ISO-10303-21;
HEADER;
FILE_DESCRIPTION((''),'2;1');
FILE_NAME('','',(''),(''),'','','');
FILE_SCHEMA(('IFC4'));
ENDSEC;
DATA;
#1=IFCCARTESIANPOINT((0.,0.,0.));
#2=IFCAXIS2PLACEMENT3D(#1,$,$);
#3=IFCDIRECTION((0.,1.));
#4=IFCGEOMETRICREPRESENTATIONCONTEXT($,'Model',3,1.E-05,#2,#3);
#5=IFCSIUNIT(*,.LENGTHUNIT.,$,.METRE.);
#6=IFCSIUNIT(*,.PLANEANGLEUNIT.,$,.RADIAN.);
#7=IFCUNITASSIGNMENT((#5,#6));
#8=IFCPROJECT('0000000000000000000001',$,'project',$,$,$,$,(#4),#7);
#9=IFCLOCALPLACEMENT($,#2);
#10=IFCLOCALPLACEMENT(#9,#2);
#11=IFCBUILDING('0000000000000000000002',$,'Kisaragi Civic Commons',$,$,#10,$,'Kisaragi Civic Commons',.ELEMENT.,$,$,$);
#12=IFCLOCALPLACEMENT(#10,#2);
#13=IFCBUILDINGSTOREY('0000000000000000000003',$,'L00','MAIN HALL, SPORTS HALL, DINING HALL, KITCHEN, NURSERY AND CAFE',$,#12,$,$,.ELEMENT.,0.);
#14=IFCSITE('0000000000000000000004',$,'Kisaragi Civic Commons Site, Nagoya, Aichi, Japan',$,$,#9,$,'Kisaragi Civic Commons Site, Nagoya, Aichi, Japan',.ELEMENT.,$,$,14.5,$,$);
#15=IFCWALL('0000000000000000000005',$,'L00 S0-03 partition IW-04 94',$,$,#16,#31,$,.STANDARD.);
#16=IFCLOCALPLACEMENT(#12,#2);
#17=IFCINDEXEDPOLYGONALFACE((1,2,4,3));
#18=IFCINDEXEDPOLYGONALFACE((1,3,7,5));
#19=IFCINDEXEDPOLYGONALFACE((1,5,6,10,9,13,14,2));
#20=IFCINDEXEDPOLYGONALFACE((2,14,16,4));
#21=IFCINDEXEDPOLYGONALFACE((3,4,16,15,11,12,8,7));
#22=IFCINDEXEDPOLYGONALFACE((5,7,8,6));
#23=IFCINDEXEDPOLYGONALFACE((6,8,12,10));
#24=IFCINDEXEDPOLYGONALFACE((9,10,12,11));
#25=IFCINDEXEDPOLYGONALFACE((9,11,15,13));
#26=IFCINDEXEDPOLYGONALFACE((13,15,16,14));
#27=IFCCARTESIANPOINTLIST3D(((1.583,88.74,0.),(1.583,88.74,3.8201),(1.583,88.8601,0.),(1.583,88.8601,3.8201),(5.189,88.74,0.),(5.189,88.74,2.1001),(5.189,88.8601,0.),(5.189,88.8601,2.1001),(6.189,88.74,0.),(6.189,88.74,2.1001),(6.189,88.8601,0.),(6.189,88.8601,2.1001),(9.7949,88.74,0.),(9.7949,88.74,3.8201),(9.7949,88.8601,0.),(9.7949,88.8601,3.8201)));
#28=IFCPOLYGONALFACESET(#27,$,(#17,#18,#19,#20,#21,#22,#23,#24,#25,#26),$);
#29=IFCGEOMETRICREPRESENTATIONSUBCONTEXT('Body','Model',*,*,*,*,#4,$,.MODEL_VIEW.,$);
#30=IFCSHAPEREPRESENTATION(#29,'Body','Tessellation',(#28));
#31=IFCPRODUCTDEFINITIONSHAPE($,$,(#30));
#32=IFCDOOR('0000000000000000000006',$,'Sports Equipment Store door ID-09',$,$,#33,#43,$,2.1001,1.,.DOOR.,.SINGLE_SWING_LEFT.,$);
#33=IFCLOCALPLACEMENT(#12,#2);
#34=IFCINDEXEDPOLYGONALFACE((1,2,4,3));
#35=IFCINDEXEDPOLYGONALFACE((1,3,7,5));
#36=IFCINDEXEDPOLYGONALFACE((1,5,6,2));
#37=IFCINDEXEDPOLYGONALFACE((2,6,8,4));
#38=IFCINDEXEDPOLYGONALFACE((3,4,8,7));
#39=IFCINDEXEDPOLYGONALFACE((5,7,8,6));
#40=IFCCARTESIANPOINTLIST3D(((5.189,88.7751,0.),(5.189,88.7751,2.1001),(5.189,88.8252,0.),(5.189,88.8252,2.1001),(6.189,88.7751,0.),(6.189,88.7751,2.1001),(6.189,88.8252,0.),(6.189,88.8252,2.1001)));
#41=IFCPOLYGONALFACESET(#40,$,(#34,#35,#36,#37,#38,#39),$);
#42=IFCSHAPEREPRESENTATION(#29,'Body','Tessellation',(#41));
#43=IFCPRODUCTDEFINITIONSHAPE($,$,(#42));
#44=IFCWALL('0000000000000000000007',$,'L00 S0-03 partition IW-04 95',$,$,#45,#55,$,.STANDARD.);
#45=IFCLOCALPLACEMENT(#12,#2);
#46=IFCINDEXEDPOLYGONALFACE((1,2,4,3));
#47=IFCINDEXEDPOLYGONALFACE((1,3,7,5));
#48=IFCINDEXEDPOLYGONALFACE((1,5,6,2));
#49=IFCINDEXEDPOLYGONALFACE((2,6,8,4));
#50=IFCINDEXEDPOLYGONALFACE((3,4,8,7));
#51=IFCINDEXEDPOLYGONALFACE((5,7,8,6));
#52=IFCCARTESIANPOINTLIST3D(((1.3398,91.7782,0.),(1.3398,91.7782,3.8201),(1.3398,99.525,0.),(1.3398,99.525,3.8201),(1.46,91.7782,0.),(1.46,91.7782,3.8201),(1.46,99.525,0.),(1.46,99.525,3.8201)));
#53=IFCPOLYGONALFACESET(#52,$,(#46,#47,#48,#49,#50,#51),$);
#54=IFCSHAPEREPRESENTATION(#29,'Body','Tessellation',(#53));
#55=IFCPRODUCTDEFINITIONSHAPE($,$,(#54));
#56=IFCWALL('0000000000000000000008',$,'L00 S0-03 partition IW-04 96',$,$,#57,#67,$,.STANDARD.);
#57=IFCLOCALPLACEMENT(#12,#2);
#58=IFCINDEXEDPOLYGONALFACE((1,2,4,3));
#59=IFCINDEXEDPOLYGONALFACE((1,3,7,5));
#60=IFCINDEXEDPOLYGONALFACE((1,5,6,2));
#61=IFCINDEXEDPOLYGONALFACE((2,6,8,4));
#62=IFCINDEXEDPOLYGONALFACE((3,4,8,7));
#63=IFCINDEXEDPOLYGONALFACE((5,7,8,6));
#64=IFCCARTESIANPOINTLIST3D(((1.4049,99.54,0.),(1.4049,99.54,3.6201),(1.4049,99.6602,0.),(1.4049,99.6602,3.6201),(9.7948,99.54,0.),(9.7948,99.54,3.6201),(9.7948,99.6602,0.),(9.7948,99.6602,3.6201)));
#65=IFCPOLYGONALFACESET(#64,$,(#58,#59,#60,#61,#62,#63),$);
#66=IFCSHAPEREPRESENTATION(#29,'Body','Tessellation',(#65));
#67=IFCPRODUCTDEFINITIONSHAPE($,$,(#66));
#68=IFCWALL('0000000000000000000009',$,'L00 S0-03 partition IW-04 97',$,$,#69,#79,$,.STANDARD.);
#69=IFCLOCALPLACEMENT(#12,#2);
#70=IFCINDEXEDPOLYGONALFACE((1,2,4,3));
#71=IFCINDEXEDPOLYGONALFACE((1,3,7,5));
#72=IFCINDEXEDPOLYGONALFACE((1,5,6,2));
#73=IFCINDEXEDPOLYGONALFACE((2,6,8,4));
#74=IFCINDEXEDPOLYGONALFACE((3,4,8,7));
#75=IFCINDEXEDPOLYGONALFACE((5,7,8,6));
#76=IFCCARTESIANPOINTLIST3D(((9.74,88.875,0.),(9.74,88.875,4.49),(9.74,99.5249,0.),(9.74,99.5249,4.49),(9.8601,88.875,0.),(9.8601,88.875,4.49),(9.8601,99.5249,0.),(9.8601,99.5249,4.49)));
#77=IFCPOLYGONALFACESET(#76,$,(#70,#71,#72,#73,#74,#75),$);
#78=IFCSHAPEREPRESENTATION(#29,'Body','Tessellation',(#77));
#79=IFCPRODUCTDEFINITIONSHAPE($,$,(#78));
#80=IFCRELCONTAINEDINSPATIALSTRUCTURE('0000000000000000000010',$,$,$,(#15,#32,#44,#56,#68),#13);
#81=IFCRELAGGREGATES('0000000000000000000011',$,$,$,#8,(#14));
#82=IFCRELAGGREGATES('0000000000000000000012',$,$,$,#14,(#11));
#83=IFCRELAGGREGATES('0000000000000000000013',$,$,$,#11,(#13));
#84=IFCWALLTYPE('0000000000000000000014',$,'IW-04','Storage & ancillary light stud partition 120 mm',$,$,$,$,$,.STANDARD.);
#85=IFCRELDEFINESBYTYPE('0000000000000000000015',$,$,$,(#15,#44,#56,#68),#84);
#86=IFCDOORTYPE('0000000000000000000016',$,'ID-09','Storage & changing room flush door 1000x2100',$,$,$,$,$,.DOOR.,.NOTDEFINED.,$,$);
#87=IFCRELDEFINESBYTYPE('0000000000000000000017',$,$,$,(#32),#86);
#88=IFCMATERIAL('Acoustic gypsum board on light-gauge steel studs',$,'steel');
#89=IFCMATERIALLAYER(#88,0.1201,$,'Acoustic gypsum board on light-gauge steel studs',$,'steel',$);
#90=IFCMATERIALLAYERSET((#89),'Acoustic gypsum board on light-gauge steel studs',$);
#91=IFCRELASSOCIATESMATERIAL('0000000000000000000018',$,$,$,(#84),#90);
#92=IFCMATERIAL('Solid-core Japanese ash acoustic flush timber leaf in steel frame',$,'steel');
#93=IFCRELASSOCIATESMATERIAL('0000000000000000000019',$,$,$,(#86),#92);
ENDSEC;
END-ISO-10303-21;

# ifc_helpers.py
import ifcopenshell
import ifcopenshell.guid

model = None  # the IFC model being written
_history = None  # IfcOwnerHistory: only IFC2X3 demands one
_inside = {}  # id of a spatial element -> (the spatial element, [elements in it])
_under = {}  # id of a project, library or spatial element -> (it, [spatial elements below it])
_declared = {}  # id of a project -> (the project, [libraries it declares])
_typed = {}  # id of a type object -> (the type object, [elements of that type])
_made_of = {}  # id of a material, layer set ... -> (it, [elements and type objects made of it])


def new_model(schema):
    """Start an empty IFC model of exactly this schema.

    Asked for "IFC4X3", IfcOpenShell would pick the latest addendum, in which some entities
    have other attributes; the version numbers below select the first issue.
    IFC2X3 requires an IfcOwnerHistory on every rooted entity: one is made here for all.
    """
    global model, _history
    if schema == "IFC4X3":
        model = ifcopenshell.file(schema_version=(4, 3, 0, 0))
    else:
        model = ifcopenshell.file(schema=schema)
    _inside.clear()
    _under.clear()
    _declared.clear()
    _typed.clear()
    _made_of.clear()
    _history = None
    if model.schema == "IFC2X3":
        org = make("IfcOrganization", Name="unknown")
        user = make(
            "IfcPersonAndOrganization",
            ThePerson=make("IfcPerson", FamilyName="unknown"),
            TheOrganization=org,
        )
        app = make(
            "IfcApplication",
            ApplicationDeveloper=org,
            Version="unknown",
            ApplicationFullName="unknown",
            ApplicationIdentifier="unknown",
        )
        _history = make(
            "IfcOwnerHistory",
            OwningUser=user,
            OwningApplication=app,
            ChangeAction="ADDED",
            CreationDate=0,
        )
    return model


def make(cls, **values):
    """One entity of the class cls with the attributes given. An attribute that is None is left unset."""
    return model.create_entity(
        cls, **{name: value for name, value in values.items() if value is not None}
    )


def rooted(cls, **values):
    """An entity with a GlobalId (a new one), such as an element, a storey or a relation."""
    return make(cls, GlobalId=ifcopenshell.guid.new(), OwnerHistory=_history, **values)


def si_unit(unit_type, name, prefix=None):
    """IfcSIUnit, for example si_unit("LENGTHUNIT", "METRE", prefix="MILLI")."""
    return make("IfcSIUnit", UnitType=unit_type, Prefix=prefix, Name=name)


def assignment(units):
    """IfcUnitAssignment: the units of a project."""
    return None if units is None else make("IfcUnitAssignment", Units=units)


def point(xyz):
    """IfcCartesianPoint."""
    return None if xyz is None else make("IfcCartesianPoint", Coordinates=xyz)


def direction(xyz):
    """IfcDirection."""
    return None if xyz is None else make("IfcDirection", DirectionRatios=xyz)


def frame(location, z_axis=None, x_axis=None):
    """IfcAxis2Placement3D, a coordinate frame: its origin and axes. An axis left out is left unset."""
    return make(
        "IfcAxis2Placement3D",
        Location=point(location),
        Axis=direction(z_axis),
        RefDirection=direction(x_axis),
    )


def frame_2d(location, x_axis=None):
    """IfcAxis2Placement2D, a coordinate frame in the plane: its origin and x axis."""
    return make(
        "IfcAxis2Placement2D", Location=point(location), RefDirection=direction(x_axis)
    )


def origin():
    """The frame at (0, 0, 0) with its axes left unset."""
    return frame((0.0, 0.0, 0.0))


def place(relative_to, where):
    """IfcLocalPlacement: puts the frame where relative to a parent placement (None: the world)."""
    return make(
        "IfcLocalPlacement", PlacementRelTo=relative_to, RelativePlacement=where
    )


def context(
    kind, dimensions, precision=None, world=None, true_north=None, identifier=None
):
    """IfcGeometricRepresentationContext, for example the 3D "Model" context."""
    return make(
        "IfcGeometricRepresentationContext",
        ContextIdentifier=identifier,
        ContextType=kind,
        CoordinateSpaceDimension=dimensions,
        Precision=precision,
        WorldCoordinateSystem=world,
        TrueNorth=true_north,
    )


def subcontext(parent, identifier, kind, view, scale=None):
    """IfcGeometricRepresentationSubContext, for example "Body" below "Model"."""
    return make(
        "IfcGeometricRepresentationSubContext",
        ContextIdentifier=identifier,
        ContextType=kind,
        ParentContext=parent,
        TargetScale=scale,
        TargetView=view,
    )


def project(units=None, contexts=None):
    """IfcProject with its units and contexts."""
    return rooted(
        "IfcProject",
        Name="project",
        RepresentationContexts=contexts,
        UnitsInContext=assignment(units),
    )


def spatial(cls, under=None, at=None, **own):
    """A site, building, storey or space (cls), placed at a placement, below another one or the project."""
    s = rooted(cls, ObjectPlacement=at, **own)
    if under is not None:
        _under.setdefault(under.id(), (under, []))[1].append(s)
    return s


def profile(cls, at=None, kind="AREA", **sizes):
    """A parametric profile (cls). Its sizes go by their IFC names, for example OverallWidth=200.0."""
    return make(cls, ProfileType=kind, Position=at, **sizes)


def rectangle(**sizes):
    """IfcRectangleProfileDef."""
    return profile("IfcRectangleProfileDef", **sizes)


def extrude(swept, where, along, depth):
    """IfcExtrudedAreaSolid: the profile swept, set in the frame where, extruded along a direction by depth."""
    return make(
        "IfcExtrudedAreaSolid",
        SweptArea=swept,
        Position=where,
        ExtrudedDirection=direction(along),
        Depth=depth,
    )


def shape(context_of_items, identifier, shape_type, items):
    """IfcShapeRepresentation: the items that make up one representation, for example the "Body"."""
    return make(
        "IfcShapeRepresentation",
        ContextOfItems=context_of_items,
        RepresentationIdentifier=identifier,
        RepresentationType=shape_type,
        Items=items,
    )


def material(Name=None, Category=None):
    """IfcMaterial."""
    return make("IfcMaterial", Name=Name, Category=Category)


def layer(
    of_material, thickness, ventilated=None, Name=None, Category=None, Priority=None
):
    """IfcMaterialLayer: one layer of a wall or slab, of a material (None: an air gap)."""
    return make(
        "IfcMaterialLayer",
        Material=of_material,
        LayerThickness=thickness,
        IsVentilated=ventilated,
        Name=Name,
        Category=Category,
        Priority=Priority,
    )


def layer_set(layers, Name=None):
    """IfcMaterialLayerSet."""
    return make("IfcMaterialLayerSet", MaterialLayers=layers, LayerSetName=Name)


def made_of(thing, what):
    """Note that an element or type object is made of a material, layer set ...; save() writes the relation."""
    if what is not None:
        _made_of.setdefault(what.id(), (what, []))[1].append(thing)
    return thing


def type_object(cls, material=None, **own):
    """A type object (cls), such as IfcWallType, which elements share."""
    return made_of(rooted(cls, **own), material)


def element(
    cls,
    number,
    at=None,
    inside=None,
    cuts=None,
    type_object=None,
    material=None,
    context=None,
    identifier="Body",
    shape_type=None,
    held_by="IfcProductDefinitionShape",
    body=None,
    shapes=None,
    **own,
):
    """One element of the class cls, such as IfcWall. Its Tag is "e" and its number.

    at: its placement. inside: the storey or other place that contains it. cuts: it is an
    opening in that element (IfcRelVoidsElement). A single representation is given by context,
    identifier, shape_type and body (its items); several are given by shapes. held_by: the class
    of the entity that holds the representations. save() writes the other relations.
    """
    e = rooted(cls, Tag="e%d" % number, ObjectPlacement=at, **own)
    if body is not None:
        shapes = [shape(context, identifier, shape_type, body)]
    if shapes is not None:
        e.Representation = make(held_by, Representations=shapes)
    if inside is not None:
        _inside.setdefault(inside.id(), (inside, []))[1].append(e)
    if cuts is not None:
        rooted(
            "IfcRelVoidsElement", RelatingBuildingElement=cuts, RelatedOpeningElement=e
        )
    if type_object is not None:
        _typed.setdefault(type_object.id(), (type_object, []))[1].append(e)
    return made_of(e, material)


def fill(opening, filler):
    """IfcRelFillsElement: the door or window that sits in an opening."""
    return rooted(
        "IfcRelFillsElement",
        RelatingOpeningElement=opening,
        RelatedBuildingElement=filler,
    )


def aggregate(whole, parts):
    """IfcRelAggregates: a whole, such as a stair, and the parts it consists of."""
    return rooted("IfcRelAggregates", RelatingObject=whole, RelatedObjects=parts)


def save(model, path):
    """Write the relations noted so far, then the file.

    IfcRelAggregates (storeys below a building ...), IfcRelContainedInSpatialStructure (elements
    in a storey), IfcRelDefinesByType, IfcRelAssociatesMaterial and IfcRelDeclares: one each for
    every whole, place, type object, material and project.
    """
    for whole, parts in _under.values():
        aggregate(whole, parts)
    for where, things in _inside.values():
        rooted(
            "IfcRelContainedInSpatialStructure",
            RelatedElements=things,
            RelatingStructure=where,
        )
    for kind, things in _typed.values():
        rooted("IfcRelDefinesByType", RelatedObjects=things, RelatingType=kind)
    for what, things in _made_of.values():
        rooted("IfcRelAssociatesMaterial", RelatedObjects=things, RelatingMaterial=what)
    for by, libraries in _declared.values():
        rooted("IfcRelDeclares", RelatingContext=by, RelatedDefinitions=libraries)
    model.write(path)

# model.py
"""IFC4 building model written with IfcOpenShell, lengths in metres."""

from ifc_helpers import new_model, si_unit, direction, frame, frame_2d, origin, place, context, subcontext, project, spatial, rectangle, extrude, material, layer, layer_set, type_object, element, fill, save


model = new_model("IFC4")

# Units and contexts
model_context = context("Model", 3, precision=1e-05, world=origin(), true_north=direction((0.0, 1.0)))
body_context = subcontext(model_context, "Body", "Model", "MODEL_VIEW")
ifc_project = project(units=[si_unit("LENGTHUNIT", "METRE"), si_unit("PLANEANGLEUNIT", "RADIAN")], contexts=[model_context])

# Site, building, storey
site_placement = place(None, origin())
site = spatial("IfcSite", under=ifc_project, at=site_placement, Name="Kisaragi Civic Commons Site, Nagoya, Aichi, Japan", LongName="Kisaragi Civic Commons Site, Nagoya, Aichi, Japan", CompositionType="ELEMENT", RefElevation=14.5)
building_placement = place(site_placement, origin())
building = spatial("IfcBuilding", under=site, at=building_placement, Name="Kisaragi Civic Commons", LongName="Kisaragi Civic Commons", CompositionType="ELEMENT")
storey_placement = place(building_placement, origin())
storey = spatial("IfcBuildingStorey", under=building, at=storey_placement, Name="L00", Description="MAIN HALL, SPORTS HALL, DINING HALL, KITCHEN, NURSERY AND CAFE", CompositionType="ELEMENT", Elevation=0.0)

# Shared definitions
ifc_material_1 = material(Name="Acoustic gypsum board on light-gauge steel studs", Category="steel")

# Wall, opening, door
ifc_layer_1 = layer(ifc_material_1, 0.1201, Name="Acoustic gypsum board on light-gauge steel studs", Category="steel")
ifc_layer_set_1 = layer_set([ifc_layer_1], Name="Acoustic gypsum board on light-gauge steel studs")
wall_type_1 = type_object("IfcWallType", Name="IW-04", Description="Storage & ancillary light stud partition 120 mm", PredefinedType="STANDARD", material=ifc_layer_set_1)
wall_1_placement = place(storey_placement, frame((9.7949, 88.8, 0.0), z_axis=(0.0, 0.0, 1.0), x_axis=(-1.0, 0.0, 0.0)))
wall_1 = element("IfcWall", 1, at=wall_1_placement, inside=storey, type_object=wall_type_1, Name="L00 S0-03 partition IW-04 94", PredefinedType="STANDARD", context=body_context, shape_type="SweptSolid", body=[
    extrude(rectangle(XDim=8.2119, YDim=0.1201, at=frame_2d((4.106, 0.0))), origin(), (0.0, 0.0, 1.0), 3.8201),
])
opening_1_placement = place(wall_1_placement, frame((3.606, 0.0, 0.0)))
opening_1 = element("IfcOpeningElement", 2, at=opening_1_placement, cuts=wall_1, PredefinedType="OPENING", context=body_context, shape_type="SweptSolid", body=[
    extrude(rectangle(XDim=1.0, YDim=2.1001, at=frame_2d((0.5, 1.05))), frame((0.0, 0.0701, 0.0), z_axis=(0.0, -1.0, 0.0), x_axis=(1.0, 0.0, 0.0)), (0.0, 0.0, 1.0), 0.1401),
])
ifc_material_2 = material(Name="Solid-core Japanese ash acoustic flush timber leaf in steel frame", Category="steel")
door_type = type_object("IfcDoorType", Name="ID-09", Description="Storage & changing room flush door 1000x2100", OperationType="NOTDEFINED", PredefinedType="DOOR", material=ifc_material_2)
door_placement = place(opening_1_placement, origin())
door = element("IfcDoor", 3, at=door_placement, inside=storey, type_object=door_type, Name="Sports Equipment Store door ID-09", OperationType="SINGLE_SWING_LEFT", OverallHeight=2.1001, OverallWidth=1.0, PredefinedType="DOOR", context=body_context, shape_type="SweptSolid", body=[
    extrude(rectangle(XDim=1.0, YDim=2.1001, at=frame_2d((0.5, 1.05))), frame((0.0, 0.0249, 0.0), z_axis=(0.0, -1.0, 0.0), x_axis=(1.0, 0.0, 0.0)), (0.0, 0.0, 1.0), 0.05),
])
fill(opening_1, door)

# Walls
wall_2_placement = place(storey_placement, frame((1.3999, 91.7781, 0.0), z_axis=(0.0, 0.0, 1.0), x_axis=(0.0, 1.0, 0.0)))
element("IfcWall", 4, at=wall_2_placement, inside=storey, type_object=wall_type_1, Name="L00 S0-03 partition IW-04 95", PredefinedType="STANDARD", context=body_context, shape_type="SweptSolid", body=[
    extrude(rectangle(XDim=7.7468, YDim=0.1201, at=frame_2d((3.8735, 0.0))), origin(), (0.0, 0.0, 1.0), 3.8201),
])
wall_3_placement = place(storey_placement, frame((1.405, 99.6001, 0.0), z_axis=(0.0, 0.0, 1.0), x_axis=(1.0, 0.0, 0.0)))
element("IfcWall", 5, at=wall_3_placement, inside=storey, type_object=wall_type_1, Name="L00 S0-03 partition IW-04 96", PredefinedType="STANDARD", context=body_context, shape_type="SweptSolid", body=[
    extrude(rectangle(XDim=8.3899, YDim=0.1201, at=frame_2d((4.1948, 0.0))), origin(), (0.0, 0.0, 1.0), 3.6201),
])
wall_4_placement = place(storey_placement, frame((9.8, 99.5249, 0.0), z_axis=(0.0, 0.0, 1.0), x_axis=(0.0, -1.0, 0.0)))
element("IfcWall", 6, at=wall_4_placement, inside=storey, type_object=wall_type_1, Name="L00 S0-03 partition IW-04 97", PredefinedType="STANDARD", context=body_context, shape_type="SweptSolid", body=[
    extrude(rectangle(XDim=10.6499, YDim=0.1201, at=frame_2d((5.325, 0.0))), origin(), (0.0, 0.0, 1.0), 4.49),
])

save(model, "model.ifc")
